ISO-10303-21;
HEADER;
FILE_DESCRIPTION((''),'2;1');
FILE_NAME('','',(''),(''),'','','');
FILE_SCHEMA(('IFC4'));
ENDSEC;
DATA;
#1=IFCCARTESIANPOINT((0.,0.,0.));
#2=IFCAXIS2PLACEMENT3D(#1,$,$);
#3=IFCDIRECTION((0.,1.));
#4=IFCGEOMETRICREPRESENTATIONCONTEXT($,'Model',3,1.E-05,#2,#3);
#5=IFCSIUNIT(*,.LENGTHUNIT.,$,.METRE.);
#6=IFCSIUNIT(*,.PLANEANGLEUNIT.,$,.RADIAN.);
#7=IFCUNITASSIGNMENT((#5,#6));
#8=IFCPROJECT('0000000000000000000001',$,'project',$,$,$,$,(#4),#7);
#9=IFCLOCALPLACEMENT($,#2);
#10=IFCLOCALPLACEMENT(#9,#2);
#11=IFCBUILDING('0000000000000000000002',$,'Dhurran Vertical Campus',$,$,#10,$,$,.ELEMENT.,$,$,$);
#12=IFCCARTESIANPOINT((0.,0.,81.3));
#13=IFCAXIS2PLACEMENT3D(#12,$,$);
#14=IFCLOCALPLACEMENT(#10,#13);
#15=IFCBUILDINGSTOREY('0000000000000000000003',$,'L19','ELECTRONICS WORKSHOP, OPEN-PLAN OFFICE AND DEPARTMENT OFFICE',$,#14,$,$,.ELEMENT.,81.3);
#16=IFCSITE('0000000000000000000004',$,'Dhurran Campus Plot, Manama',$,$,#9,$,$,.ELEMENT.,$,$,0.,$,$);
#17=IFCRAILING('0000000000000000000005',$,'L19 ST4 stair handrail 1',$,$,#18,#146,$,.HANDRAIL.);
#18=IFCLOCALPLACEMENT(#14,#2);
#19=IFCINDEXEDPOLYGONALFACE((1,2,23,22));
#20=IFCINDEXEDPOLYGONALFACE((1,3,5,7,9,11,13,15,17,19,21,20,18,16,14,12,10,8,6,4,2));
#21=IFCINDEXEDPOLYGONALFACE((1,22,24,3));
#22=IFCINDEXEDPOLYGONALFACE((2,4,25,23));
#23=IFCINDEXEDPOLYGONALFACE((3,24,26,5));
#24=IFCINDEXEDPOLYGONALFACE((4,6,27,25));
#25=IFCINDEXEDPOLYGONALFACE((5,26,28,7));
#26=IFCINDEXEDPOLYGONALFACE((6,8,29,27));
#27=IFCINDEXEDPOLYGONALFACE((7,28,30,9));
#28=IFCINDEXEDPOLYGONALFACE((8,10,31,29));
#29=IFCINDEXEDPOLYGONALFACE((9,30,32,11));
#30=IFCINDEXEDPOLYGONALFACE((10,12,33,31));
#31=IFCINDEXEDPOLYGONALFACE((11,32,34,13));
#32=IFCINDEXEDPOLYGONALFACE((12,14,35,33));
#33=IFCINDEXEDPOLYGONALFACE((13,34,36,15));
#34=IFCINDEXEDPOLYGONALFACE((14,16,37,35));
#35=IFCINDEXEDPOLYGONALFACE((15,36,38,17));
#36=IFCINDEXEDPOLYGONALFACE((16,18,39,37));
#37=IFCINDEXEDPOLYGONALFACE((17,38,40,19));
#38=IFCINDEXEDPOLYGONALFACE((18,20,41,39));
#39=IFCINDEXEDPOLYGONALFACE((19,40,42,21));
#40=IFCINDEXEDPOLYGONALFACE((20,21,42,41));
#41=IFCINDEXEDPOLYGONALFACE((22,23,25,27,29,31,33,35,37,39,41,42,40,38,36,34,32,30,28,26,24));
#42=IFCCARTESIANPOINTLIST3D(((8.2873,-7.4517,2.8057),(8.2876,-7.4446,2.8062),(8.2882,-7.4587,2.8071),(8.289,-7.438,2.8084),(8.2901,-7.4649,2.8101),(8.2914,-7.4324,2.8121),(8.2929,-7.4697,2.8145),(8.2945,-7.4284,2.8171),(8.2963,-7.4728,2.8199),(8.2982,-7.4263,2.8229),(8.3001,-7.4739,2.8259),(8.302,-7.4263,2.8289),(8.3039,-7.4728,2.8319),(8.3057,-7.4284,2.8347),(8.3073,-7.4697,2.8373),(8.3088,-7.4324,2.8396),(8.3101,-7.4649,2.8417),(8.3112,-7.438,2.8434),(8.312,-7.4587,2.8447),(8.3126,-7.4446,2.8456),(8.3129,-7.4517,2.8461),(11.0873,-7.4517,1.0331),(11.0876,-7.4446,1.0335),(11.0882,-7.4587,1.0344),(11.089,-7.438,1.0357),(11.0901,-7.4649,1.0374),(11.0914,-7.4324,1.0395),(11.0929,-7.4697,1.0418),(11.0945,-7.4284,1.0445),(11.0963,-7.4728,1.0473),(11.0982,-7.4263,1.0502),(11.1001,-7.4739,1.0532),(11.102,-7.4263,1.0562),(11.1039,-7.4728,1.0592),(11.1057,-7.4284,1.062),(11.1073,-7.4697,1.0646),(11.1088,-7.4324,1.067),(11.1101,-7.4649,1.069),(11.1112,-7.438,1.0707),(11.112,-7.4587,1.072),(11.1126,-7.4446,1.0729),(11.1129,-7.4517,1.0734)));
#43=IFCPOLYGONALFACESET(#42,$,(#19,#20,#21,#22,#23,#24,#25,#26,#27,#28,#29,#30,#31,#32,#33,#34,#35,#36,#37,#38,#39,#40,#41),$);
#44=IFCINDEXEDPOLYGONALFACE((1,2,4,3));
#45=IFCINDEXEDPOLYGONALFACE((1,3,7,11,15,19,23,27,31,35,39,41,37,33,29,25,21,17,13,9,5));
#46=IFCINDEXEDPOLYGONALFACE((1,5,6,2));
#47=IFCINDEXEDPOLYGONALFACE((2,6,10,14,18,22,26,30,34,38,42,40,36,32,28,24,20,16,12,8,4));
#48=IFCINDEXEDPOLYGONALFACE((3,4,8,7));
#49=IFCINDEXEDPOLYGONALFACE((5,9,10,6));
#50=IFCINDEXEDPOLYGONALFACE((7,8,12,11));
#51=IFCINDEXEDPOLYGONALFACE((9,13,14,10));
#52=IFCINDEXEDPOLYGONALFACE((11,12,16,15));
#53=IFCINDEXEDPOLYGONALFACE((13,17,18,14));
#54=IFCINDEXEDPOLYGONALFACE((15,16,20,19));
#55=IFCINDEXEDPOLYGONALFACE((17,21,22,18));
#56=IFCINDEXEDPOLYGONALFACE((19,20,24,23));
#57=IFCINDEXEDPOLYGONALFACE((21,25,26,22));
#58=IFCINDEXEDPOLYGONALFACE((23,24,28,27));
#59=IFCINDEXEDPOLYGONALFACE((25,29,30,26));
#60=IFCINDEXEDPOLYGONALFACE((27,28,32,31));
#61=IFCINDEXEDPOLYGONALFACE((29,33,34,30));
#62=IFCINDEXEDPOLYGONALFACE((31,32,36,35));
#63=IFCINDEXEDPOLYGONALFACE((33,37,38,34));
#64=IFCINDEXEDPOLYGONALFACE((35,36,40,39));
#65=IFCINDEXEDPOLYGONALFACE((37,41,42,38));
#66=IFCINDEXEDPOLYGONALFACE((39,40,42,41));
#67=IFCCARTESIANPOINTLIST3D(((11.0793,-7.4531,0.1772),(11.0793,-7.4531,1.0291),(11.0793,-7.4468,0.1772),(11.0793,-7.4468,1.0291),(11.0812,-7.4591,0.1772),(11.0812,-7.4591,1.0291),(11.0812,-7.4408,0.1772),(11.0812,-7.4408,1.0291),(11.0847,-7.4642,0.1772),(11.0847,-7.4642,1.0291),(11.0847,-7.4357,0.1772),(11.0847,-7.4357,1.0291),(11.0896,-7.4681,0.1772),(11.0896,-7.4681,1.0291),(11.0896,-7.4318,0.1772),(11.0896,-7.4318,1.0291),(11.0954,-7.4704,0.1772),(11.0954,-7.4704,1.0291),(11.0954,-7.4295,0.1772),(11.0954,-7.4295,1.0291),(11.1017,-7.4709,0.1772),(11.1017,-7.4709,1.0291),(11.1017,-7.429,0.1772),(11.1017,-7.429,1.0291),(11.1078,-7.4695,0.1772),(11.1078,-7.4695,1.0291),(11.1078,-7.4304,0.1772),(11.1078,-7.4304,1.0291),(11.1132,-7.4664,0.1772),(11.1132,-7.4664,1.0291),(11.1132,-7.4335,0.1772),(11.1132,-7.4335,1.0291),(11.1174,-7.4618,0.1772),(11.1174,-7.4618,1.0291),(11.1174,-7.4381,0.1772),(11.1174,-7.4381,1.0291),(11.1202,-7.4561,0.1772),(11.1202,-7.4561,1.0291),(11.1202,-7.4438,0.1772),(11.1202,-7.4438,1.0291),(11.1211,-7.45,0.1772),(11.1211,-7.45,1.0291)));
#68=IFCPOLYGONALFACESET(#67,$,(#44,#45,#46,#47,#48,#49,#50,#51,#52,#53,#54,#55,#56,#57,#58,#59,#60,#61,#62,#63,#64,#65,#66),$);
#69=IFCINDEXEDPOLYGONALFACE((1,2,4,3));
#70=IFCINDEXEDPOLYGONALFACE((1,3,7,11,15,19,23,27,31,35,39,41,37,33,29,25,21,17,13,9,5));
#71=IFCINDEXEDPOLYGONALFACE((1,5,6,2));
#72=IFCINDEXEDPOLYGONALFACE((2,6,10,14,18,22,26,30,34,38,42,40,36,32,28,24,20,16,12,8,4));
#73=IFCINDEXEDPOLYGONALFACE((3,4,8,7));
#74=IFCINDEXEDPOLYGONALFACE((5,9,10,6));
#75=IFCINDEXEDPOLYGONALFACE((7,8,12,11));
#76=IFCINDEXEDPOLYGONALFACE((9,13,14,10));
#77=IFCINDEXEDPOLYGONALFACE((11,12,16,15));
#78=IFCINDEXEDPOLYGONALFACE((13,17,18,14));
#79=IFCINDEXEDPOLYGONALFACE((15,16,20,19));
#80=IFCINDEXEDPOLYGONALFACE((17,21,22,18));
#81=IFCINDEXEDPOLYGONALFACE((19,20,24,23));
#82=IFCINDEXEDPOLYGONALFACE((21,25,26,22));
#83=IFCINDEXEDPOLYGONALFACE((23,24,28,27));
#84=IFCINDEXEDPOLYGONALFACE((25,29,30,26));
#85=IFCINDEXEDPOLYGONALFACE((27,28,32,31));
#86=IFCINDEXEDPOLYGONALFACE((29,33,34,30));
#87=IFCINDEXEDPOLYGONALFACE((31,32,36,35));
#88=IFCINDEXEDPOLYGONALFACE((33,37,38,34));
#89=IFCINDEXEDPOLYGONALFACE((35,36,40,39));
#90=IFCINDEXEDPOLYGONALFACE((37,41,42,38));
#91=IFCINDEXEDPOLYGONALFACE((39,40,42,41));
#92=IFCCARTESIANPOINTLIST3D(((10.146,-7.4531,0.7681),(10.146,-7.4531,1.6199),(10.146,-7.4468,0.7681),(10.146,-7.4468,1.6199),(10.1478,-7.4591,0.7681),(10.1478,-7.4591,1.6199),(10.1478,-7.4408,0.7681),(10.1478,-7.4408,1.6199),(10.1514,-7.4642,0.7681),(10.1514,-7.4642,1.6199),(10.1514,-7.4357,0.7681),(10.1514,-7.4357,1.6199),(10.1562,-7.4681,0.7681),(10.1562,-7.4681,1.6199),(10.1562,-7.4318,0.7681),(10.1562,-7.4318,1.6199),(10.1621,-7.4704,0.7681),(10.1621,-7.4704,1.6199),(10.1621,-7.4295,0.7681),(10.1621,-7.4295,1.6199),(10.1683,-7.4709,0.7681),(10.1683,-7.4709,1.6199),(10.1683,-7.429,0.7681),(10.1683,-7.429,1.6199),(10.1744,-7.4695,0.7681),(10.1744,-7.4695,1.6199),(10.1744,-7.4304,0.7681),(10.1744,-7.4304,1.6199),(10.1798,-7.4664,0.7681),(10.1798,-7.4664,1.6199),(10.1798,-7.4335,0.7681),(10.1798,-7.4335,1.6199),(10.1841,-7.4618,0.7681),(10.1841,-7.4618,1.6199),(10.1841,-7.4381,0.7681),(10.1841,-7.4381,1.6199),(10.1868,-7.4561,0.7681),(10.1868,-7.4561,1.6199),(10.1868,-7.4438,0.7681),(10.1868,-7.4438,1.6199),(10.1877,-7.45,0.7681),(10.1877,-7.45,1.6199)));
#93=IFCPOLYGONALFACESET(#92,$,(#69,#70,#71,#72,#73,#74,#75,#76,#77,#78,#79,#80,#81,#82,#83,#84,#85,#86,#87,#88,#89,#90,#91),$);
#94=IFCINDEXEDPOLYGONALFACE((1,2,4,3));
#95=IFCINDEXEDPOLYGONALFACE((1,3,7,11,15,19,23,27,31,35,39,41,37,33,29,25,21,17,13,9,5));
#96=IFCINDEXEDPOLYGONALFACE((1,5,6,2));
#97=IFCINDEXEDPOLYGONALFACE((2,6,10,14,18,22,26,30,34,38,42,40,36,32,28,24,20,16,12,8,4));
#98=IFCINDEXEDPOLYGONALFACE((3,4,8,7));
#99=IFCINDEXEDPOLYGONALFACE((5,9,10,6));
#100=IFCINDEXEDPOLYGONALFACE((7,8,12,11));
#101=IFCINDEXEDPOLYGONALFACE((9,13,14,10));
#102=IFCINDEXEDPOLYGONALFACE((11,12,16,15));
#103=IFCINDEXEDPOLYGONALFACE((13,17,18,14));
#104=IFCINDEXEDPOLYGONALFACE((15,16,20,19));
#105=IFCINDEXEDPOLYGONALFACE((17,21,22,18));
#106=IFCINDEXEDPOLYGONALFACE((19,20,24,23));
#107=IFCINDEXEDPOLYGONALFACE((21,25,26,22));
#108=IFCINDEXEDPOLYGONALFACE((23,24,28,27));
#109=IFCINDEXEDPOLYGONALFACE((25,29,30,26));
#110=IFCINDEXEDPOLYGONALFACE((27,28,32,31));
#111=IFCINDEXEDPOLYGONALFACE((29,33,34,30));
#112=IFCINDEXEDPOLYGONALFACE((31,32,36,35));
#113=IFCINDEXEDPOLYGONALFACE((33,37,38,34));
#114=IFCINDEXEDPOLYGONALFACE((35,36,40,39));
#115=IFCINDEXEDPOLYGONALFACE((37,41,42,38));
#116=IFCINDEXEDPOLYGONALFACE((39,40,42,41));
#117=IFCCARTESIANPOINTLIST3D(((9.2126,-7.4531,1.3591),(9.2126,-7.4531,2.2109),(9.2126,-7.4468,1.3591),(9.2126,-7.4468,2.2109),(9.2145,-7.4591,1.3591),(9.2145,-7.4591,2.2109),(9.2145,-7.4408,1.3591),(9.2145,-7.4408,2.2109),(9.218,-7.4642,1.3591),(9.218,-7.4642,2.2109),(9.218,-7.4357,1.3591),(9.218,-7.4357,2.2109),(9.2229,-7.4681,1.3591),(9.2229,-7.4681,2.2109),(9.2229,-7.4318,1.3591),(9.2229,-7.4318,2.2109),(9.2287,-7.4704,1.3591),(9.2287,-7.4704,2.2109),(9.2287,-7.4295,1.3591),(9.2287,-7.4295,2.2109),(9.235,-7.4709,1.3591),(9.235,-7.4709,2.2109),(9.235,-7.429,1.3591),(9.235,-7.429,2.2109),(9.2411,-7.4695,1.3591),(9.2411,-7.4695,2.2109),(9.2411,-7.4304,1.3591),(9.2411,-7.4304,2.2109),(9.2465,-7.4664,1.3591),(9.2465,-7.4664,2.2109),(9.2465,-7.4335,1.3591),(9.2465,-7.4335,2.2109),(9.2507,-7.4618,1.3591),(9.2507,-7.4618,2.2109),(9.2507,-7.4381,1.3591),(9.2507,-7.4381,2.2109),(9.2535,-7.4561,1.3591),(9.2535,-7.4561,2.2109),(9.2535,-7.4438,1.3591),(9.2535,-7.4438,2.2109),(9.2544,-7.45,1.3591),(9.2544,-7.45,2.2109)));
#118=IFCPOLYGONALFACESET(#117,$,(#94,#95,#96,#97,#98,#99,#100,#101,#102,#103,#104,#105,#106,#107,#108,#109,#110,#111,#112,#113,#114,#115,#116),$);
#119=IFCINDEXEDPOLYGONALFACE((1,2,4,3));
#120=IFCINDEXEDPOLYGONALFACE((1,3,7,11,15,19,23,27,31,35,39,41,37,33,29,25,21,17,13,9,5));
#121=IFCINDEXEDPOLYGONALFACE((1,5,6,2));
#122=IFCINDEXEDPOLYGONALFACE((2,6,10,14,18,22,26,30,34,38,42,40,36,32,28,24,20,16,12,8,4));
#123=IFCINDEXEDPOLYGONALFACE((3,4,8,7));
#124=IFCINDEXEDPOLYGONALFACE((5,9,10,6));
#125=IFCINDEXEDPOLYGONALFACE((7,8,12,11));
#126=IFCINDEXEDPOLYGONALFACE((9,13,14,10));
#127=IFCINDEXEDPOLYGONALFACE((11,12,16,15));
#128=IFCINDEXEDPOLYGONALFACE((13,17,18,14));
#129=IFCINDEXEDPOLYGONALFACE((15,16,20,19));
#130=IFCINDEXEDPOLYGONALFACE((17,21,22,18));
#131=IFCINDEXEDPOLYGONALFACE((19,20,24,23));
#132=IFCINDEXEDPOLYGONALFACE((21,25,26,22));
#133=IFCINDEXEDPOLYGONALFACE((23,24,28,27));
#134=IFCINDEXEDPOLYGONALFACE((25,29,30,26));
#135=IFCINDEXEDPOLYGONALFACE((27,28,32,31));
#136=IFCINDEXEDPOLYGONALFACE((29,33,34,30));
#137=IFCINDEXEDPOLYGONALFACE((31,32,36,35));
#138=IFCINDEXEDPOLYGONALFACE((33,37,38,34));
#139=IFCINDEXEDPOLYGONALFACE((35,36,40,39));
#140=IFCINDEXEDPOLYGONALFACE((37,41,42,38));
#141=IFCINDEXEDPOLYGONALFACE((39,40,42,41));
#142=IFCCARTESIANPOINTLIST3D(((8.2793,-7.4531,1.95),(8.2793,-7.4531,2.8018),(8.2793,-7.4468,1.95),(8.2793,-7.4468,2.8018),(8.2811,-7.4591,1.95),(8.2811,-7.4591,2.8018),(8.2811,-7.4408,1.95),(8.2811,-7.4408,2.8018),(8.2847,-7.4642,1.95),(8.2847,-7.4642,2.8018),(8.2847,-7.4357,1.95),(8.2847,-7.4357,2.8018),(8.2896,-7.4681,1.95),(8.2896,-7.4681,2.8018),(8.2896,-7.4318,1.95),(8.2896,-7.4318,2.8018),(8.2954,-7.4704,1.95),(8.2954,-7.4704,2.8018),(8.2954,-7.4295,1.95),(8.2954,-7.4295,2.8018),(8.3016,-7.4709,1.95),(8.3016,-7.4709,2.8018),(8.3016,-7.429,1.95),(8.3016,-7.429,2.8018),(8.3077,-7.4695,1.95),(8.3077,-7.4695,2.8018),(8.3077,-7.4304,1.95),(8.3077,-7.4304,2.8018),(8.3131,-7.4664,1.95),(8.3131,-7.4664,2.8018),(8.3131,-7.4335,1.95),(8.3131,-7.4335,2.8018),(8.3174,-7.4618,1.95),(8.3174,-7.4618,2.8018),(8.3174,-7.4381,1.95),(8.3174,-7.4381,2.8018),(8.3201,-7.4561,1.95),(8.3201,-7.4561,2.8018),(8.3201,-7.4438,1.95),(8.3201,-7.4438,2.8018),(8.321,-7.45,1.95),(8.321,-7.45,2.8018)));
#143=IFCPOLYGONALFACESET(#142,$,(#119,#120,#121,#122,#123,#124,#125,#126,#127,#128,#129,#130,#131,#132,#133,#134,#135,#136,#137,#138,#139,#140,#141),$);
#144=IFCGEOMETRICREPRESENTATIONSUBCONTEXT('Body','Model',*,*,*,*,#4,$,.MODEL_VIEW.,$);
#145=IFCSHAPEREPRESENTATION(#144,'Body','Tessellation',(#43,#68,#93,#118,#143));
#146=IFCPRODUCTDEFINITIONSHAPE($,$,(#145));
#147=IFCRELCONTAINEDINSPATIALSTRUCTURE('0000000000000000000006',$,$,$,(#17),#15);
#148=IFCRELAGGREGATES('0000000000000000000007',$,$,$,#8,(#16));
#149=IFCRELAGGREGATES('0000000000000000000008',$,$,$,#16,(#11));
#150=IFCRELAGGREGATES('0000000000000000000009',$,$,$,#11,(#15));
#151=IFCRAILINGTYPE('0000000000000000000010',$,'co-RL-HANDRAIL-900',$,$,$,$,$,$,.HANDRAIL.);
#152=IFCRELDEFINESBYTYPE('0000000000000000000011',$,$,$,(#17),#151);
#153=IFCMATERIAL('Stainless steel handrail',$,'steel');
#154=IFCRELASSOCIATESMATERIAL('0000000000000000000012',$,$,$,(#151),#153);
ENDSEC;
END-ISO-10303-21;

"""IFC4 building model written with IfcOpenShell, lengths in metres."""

from ifc_helpers import new_model, si_unit, direction, frame, origin, origin_2d, place, context, subcontext, project, spatial, circle, extrude, material, type_object, element, save


model = new_model("IFC4")

# Units and contexts
model_context = context("Model", 3, precision=1e-05, world=origin(), true_north=direction((0.0, 1.0)))
body_context = subcontext(model_context, "Body", "Model", "MODEL_VIEW")
ifc_project = project(units=[si_unit("LENGTHUNIT", "METRE"), si_unit("PLANEANGLEUNIT", "RADIAN")], contexts=[model_context])

# Site, building, storey
site_placement = place(None, origin())
site = spatial("IfcSite", under=ifc_project, at=site_placement, Name="Dhurran Campus Plot, Manama", CompositionType="ELEMENT", RefElevation=0.0)
building_placement = place(site_placement, origin())
building = spatial("IfcBuilding", under=site, at=building_placement, Name="Dhurran Vertical Campus", CompositionType="ELEMENT")
storey_placement = place(building_placement, frame((0.0, 0.0, 81.3)))
storey = spatial("IfcBuildingStorey", under=building, at=storey_placement, Name="L19", Description="ELECTRONICS WORKSHOP, OPEN-PLAN OFFICE AND DEPARTMENT OFFICE", CompositionType="ELEMENT", Elevation=81.3)

# Railing
ifc_material_1 = material(Name="Stainless steel handrail", Category="steel")
railing_type_1 = type_object("IfcRailingType", Name="co-RL-HANDRAIL-900", PredefinedType="HANDRAIL", material=ifc_material_1)
railing_1_placement = place(storey_placement, frame((11.1001, -7.45, 0.1772)))
element("IfcRailing", 1, at=railing_1_placement, inside=storey, type_object=railing_type_1, Name="L19 ST4 stair handrail 1", PredefinedType="HANDRAIL", context=body_context, shape_type="SweptSolid", body=[
    extrude(circle(Radius=0.0239, at=origin_2d()), frame((0.0, 0.0, 0.876), z_axis=(-0.844909, 0.0, 0.53491), x_axis=(0.0, -1.0, 0.0)), (0.0, 0.0, 1.0), 3.314),
    extrude(circle(Radius=0.021, at=origin_2d()), origin(), (0.0, 0.0, 1.0), 0.8518),
    extrude(circle(Radius=0.021, at=origin_2d()), frame((-0.9333, 0.0, 0.5908)), (0.0, 0.0, 1.0), 0.8518),
    extrude(circle(Radius=0.021, at=origin_2d()), frame((-1.8667, 0.0, 1.1819)), (0.0, 0.0, 1.0), 0.8518),
    extrude(circle(Radius=0.021, at=origin_2d()), frame((-2.8, 0.0, 1.7727)), (0.0, 0.0, 1.0), 0.8518),
])

save(model, "model.ifc")
